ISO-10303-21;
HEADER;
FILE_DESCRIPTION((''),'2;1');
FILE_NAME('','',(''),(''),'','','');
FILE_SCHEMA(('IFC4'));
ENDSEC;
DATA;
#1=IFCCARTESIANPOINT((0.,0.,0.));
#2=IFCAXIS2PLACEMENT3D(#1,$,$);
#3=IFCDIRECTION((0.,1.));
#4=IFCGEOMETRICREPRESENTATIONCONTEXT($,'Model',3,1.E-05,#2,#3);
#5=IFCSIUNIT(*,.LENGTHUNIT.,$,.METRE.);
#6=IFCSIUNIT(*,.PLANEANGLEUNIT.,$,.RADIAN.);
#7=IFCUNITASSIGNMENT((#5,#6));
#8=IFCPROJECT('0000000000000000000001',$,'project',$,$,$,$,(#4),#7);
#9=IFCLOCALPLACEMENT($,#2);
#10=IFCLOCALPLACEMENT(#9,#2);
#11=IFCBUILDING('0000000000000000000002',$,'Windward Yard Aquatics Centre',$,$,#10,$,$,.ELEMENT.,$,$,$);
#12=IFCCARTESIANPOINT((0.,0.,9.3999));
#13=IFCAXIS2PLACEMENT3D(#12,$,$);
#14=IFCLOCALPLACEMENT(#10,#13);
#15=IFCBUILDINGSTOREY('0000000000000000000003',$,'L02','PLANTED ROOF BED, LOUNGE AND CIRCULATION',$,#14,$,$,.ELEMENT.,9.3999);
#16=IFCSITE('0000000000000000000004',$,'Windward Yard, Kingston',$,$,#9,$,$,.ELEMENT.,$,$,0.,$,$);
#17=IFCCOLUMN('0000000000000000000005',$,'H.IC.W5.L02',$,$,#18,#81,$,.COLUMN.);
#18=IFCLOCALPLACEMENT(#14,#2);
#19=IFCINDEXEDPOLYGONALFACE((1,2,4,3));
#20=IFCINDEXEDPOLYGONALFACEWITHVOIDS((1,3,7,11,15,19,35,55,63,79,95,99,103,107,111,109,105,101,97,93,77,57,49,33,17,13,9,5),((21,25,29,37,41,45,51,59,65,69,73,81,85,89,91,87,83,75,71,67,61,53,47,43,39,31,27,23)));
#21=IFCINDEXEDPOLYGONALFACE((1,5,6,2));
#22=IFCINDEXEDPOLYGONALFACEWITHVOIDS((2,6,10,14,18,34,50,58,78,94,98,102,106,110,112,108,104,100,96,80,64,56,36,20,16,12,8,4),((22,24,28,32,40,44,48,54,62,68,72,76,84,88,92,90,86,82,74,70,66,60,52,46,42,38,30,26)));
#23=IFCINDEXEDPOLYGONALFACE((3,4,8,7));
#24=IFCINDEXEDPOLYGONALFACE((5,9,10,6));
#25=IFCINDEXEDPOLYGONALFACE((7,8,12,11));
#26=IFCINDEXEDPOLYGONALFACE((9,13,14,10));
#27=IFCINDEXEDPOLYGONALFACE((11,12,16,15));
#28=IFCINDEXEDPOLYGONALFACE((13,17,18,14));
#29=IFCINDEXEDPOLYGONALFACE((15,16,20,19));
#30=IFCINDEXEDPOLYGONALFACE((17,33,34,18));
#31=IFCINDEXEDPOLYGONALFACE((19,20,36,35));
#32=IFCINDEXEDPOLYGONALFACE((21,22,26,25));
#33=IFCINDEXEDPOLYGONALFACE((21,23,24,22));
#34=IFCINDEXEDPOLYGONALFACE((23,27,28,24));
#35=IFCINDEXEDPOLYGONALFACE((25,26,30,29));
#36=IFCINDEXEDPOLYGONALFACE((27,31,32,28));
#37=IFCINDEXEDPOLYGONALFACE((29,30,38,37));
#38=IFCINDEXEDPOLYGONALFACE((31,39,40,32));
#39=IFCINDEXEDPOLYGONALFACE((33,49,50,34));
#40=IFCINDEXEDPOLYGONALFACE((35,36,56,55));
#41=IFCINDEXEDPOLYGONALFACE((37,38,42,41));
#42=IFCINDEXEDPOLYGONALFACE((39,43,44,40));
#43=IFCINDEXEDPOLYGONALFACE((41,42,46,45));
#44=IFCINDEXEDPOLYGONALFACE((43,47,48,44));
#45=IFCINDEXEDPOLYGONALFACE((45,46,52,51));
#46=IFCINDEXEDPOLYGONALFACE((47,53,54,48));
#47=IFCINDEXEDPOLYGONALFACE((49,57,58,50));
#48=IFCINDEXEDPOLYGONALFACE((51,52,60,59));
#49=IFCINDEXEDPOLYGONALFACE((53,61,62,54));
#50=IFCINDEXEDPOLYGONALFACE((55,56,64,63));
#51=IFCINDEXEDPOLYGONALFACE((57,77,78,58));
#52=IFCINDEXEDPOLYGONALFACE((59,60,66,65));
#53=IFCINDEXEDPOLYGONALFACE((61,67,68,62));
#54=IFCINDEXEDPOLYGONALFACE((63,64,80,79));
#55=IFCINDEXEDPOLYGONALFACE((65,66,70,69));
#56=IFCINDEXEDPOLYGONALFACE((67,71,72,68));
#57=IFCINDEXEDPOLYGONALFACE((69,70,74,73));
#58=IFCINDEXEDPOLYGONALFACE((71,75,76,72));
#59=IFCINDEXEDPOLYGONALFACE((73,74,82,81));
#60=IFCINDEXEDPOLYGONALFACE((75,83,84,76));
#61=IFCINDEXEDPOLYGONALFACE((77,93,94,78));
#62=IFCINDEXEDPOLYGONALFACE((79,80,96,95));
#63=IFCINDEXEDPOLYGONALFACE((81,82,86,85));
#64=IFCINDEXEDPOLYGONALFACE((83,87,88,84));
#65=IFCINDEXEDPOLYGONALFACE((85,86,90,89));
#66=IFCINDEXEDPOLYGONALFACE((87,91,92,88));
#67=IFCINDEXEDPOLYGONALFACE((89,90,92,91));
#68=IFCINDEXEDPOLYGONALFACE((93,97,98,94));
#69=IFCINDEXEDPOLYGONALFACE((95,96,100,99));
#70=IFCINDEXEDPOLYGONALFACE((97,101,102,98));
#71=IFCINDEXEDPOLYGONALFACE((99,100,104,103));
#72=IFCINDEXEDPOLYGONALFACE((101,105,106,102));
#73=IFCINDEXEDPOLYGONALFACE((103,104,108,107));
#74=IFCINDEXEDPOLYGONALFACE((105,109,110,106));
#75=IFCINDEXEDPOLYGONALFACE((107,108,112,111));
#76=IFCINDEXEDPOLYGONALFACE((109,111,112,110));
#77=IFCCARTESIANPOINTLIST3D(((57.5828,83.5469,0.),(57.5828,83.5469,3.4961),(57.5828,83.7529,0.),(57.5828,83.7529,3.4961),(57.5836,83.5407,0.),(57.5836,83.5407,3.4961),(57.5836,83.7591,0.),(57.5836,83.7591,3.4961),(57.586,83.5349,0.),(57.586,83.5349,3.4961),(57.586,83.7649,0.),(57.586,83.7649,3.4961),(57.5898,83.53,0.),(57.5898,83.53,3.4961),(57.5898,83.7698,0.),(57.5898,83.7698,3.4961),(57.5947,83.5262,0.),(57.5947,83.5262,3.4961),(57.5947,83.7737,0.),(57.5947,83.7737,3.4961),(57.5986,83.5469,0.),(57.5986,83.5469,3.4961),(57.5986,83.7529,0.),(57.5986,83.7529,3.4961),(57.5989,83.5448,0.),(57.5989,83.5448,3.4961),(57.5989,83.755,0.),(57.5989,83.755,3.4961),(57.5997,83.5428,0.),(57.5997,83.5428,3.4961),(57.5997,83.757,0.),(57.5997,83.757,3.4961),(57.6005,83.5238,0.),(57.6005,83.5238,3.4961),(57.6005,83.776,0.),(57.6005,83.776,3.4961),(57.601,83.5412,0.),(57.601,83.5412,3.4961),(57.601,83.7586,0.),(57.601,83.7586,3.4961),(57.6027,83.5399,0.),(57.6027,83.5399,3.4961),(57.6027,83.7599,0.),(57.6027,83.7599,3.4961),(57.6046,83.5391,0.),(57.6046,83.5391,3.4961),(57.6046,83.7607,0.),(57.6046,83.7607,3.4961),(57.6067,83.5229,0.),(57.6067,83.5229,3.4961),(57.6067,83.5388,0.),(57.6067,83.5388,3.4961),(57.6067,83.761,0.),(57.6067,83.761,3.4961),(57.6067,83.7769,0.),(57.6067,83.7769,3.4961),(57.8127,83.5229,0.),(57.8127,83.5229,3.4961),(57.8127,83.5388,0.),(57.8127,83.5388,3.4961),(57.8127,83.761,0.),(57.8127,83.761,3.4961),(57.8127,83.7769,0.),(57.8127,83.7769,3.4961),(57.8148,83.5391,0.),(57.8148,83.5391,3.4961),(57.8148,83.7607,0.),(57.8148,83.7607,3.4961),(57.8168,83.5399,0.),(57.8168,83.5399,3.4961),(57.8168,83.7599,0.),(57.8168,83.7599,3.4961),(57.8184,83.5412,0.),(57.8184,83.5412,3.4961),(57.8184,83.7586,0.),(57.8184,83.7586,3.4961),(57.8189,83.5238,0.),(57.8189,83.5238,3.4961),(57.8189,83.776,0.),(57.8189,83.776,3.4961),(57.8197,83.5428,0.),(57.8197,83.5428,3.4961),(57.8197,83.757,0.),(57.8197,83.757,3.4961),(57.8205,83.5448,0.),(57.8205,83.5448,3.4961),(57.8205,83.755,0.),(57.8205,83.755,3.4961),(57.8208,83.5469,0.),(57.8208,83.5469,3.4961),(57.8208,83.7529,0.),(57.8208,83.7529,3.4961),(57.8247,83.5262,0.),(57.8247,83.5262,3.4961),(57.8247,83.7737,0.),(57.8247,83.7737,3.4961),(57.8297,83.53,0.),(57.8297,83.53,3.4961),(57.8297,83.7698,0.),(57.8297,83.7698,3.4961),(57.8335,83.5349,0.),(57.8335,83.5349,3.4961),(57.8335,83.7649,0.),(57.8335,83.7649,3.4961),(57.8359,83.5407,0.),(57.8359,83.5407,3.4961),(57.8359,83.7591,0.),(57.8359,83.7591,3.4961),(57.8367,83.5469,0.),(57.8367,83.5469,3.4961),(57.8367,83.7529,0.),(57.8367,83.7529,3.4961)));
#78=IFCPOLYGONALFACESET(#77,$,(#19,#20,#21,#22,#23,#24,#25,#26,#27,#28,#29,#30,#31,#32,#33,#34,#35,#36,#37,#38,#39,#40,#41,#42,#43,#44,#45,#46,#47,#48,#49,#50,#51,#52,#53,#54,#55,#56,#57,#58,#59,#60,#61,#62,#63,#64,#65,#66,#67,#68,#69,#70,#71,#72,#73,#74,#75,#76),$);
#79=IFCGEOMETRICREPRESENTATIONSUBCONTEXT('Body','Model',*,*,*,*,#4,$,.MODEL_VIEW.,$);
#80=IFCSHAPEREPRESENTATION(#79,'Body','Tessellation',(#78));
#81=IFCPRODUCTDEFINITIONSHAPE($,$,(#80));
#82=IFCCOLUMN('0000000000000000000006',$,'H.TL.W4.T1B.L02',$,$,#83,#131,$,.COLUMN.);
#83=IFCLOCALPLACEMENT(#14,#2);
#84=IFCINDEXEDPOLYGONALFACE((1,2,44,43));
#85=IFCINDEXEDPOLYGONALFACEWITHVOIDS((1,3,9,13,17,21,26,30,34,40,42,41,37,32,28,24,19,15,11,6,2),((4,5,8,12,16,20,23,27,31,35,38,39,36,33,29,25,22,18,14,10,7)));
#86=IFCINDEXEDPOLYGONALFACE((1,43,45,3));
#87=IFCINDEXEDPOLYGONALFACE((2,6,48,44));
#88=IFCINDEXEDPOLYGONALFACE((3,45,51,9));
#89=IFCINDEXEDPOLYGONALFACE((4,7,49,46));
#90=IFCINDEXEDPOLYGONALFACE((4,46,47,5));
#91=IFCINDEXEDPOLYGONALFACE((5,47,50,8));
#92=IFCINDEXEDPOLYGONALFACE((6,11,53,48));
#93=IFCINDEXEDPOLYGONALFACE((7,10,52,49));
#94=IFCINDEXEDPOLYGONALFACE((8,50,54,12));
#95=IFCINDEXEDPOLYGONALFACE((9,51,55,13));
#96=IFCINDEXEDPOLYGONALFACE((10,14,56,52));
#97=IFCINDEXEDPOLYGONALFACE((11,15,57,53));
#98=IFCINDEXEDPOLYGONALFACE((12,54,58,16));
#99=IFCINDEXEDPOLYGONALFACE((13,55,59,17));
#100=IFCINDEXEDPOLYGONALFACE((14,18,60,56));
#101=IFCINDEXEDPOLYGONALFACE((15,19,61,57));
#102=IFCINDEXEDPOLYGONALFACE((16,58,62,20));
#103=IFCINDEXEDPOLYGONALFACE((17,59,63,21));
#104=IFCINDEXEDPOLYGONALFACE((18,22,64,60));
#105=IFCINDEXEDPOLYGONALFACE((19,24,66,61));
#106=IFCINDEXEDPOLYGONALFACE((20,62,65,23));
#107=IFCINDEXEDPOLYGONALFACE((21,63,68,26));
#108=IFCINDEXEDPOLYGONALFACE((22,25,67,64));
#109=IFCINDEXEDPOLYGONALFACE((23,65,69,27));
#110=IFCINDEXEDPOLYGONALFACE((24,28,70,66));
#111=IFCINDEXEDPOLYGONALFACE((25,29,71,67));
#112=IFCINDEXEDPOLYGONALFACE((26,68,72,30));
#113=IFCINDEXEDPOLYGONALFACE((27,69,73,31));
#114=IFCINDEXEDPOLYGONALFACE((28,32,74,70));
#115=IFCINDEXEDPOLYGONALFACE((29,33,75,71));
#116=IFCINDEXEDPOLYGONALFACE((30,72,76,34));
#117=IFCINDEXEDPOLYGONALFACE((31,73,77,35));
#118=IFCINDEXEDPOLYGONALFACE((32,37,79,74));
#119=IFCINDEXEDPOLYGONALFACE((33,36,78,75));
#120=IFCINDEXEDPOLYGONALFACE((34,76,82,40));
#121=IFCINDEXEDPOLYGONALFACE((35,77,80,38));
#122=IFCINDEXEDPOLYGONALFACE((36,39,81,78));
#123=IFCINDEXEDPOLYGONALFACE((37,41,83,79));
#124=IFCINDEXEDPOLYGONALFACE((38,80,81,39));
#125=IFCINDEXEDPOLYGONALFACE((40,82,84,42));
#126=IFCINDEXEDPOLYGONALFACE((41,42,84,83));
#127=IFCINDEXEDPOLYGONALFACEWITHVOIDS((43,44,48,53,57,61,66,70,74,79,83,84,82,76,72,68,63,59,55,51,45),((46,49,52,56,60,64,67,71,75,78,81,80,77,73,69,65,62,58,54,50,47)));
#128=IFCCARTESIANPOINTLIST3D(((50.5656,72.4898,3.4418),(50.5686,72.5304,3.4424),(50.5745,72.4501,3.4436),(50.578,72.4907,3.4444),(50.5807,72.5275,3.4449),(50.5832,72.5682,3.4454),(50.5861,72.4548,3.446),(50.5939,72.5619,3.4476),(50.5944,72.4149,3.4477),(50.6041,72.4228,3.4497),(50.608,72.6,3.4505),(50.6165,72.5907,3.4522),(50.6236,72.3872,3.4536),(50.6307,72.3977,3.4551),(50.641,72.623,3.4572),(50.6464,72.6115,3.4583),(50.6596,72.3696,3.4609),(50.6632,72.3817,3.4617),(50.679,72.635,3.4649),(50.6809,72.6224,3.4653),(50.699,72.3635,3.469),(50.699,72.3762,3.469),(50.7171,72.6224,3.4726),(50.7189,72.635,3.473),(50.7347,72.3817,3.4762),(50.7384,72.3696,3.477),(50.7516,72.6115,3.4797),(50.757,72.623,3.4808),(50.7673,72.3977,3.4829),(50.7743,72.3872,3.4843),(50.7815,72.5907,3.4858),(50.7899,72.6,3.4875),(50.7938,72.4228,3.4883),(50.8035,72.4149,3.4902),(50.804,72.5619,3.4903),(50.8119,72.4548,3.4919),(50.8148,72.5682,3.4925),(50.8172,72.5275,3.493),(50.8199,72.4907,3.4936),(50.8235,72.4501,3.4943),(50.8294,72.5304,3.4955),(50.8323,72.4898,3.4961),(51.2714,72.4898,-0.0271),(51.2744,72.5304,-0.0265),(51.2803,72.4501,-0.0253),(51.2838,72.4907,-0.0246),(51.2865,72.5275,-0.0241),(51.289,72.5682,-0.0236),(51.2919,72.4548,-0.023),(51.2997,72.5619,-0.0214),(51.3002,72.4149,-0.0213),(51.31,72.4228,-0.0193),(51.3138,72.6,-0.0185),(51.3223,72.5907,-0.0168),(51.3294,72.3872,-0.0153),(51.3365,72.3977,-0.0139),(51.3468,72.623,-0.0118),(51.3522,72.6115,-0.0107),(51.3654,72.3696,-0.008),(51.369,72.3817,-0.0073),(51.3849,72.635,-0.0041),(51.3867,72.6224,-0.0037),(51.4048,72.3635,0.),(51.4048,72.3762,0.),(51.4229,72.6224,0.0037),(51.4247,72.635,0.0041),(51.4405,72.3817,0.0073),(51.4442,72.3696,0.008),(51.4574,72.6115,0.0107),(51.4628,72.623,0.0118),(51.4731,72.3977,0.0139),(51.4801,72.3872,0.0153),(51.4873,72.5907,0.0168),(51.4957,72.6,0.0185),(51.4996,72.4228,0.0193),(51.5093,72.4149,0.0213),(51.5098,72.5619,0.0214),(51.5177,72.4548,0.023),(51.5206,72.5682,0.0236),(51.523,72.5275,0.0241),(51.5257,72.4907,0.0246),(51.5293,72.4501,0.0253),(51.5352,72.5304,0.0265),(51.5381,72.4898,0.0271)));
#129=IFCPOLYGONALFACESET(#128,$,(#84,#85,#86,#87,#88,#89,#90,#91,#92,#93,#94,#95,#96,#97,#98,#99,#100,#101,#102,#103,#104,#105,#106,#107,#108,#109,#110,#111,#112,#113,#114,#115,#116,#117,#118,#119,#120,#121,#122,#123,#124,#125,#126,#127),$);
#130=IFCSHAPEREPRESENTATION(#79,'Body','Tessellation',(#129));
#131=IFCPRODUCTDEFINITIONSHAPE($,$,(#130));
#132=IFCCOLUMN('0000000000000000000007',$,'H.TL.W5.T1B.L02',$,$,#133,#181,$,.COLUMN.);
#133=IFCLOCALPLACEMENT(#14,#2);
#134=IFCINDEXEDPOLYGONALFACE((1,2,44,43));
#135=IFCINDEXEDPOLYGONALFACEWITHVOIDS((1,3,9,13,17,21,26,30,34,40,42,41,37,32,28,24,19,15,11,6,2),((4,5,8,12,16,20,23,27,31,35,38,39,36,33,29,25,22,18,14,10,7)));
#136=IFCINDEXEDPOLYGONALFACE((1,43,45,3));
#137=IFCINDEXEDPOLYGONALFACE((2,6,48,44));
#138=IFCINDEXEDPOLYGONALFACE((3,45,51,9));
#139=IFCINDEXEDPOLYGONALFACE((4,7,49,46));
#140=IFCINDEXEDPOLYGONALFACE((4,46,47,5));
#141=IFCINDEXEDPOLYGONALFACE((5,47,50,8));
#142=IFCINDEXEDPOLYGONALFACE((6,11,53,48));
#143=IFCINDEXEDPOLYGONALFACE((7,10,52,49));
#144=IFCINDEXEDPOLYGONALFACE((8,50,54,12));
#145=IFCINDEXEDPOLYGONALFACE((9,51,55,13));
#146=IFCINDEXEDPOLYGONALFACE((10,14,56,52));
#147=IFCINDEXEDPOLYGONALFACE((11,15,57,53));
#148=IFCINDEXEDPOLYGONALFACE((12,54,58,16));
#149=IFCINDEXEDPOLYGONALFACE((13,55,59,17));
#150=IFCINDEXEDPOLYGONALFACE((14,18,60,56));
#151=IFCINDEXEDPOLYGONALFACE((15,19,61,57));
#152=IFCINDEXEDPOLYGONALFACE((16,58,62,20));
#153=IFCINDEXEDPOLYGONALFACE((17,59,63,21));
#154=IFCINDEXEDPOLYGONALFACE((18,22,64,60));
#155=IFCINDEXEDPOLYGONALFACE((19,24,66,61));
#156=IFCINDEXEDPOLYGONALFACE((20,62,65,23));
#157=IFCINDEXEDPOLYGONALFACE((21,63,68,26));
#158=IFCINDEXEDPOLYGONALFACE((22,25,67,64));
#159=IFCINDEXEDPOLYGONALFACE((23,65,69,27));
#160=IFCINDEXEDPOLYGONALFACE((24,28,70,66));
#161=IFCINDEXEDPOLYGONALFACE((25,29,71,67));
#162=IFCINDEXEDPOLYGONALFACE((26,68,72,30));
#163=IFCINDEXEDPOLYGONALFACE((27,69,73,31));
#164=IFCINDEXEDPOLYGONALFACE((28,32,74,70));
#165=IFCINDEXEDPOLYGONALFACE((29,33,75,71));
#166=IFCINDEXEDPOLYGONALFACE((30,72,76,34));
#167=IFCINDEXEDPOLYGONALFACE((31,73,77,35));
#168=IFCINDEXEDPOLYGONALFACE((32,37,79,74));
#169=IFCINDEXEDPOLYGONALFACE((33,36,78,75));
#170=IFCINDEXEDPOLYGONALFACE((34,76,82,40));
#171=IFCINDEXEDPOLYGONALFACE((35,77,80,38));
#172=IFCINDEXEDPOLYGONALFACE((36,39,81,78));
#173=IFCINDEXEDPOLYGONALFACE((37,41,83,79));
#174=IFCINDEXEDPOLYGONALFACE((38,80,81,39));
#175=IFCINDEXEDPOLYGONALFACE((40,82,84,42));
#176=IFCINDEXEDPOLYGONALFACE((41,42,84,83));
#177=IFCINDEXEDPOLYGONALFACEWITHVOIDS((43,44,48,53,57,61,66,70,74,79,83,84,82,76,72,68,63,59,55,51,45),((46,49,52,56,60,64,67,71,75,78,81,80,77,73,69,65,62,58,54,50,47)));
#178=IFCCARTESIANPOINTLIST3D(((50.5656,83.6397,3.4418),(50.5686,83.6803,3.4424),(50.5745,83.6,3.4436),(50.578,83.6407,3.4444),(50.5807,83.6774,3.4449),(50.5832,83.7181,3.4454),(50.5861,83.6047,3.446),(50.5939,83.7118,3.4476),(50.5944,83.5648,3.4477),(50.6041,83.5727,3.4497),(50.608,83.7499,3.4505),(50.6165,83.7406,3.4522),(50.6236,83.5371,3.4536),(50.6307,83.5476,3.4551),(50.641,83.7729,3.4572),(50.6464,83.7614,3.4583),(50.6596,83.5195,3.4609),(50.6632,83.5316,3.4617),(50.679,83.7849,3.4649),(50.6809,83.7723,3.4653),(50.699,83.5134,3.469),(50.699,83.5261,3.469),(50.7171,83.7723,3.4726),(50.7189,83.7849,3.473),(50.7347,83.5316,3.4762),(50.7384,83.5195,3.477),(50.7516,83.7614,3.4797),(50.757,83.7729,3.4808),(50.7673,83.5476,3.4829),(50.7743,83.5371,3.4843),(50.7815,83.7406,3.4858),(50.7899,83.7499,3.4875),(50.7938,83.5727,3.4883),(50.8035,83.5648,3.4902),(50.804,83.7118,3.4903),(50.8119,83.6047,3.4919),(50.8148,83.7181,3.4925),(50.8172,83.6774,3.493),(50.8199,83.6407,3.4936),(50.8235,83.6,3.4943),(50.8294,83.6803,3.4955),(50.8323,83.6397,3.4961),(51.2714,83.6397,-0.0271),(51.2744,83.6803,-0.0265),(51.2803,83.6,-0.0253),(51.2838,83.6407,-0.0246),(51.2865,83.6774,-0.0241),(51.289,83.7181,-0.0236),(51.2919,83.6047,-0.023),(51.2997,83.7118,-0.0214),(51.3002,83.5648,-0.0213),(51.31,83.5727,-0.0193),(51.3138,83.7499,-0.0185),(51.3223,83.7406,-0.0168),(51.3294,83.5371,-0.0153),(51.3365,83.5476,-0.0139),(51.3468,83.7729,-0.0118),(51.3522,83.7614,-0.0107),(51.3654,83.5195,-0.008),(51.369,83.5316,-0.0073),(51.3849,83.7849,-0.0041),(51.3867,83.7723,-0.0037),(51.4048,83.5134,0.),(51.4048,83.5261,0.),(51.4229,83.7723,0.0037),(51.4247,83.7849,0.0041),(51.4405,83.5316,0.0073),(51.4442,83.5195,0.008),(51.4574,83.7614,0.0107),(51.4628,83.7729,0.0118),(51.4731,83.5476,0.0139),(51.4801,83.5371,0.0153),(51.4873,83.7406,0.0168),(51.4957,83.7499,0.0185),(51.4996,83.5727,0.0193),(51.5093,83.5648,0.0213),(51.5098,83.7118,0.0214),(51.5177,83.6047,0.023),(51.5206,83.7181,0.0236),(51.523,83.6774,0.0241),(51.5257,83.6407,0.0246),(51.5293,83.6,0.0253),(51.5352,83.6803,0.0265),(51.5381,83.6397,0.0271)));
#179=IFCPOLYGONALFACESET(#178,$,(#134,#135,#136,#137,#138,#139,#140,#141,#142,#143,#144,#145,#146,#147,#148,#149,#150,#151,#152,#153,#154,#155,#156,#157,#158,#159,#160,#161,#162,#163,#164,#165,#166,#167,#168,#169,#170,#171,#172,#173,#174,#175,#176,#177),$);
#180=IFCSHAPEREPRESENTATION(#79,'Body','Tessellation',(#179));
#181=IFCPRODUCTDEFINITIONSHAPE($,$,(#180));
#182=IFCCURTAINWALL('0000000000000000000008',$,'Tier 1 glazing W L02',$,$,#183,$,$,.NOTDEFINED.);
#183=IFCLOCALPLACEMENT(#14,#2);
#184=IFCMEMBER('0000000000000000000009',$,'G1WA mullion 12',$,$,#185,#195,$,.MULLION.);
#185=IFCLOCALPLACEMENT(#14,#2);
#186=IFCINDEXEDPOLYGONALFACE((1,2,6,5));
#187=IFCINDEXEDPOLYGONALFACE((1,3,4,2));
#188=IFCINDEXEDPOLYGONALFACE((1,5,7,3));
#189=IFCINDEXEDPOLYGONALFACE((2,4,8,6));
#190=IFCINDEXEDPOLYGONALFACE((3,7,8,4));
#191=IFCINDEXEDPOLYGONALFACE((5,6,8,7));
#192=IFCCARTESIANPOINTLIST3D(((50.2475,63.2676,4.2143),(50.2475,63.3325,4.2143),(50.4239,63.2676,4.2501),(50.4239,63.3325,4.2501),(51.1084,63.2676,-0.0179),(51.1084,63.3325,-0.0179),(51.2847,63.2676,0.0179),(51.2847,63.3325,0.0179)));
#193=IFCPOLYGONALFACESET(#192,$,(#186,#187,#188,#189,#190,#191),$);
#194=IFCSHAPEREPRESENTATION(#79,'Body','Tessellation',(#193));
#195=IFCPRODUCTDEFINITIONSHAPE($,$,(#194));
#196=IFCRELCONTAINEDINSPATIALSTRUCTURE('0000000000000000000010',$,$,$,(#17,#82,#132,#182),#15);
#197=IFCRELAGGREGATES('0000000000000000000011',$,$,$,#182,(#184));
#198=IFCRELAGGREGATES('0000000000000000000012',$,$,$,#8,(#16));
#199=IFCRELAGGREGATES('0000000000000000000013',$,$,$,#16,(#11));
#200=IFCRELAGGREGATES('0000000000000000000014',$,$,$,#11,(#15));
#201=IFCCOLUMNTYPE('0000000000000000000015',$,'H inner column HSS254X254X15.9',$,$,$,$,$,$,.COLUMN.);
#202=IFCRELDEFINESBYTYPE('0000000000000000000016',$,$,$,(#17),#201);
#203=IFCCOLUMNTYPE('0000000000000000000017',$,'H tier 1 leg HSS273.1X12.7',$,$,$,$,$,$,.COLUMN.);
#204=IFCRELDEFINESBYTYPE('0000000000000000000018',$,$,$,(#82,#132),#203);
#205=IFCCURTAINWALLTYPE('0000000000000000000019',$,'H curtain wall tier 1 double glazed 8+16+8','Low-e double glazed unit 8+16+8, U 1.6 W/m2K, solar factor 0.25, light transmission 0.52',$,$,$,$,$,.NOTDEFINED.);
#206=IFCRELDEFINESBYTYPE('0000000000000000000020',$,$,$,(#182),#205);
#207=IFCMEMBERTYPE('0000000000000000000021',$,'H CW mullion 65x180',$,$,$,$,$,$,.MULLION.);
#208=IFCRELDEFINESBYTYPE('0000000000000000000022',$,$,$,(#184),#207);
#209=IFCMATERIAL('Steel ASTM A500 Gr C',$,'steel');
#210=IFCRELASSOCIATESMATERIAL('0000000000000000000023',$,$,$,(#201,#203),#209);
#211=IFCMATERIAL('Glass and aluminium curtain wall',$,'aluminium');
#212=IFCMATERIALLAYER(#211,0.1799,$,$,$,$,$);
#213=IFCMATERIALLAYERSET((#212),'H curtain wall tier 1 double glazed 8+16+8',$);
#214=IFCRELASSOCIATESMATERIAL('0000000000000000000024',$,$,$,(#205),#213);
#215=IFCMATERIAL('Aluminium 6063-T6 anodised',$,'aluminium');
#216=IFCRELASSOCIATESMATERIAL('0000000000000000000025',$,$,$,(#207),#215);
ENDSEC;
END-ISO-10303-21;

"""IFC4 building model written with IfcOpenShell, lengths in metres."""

from ifc_helpers import new_model, si_unit, direction, frame, origin, origin_2d, place, context, subcontext, project, spatial, rectangle, hollow_rectangle, hollow_circle, extrude, material, layer, layer_set, material_profile, profile_set, type_object, element, aggregate, save


model = new_model("IFC4")

# Units and contexts
model_context = context("Model", 3, precision=1e-05, world=origin(), true_north=direction((0.0, 1.0)))
body_context = subcontext(model_context, "Body", "Model", "MODEL_VIEW")
ifc_project = project(units=[si_unit("LENGTHUNIT", "METRE"), si_unit("PLANEANGLEUNIT", "RADIAN")], contexts=[model_context])

# Site, building, storey
site_placement = place(None, origin())
site = spatial("IfcSite", under=ifc_project, at=site_placement, Name="Windward Yard, Kingston", CompositionType="ELEMENT", RefElevation=0.0)
building_placement = place(site_placement, origin())
building = spatial("IfcBuilding", under=site, at=building_placement, Name="Windward Yard Aquatics Centre", CompositionType="ELEMENT")
storey_placement = place(building_placement, frame((0.0, 0.0, 9.3999)))
storey = spatial("IfcBuildingStorey", under=building, at=storey_placement, Name="L02", Description="PLANTED ROOF BED, LOUNGE AND CIRCULATION", CompositionType="ELEMENT", Elevation=9.3999)

# Columns
ifc_material_1 = material(Name="Steel ASTM A500 Gr C", Category="steel")
ifc_material_profile_1 = material_profile(ifc_material_1, hollow_rectangle(XDim=0.2539, YDim=0.2539, WallThickness=0.0159, InnerFilletRadius=0.0081, OuterFilletRadius=0.0239, at=origin_2d()), Name="HSS254X254X15.9")
ifc_profile_set_1 = profile_set([ifc_material_profile_1], Name="Steel ASTM A500 Gr C")
column_type_1 = type_object("IfcColumnType", Name="H inner column HSS254X254X15.9", PredefinedType="COLUMN", material=ifc_profile_set_1)
for number, where, z_axis, x_axis, name in (
    (1, (57.7097, 83.6499, 0.0), (0.0, 0.0, 1.0), (1.0, 0.0, 0.0), "H.IC.W5.L02"),
):
    element("IfcColumn", number, at=place(storey_placement, frame(where, z_axis=z_axis, x_axis=x_axis)), inside=storey, type_object=column_type_1, Name=name, PredefinedType="COLUMN", context=body_context, shape_type="SweptSolid", body=[
        extrude(hollow_rectangle(XDim=0.2539, YDim=0.2539, WallThickness=0.0159, InnerFilletRadius=0.0081, OuterFilletRadius=0.0239, at=origin_2d()), origin(), (0.0, 0.0, 1.0), 3.4961),
    ])
ifc_material_profile_2 = material_profile(ifc_material_1, hollow_circle(Radius=0.1365, WallThickness=0.0127, at=origin_2d()), Name="HSS273.1X12.7")
ifc_profile_set_2 = profile_set([ifc_material_profile_2], Name="Steel ASTM A500 Gr C")
column_type_2 = type_object("IfcColumnType", Name="H tier 1 leg HSS273.1X12.7", PredefinedType="COLUMN", material=ifc_profile_set_2)
for number, where, z_axis, x_axis, name in (
    (2, (51.4048, 72.5, 0.0), (-0.199378, 0.0, 0.979923), (0.0, -1.0, 0.0), "H.TL.W4.T1B.L02"),
    (3, (51.4048, 83.6499, 0.0), (-0.199378, 0.0, 0.979923), (0.0, -1.0, 0.0), "H.TL.W5.T1B.L02"),
):
    element("IfcColumn", number, at=place(storey_placement, frame(where, z_axis=z_axis, x_axis=x_axis)), inside=storey, type_object=column_type_2, Name=name, PredefinedType="COLUMN", context=body_context, shape_type="SweptSolid", body=[
        extrude(hollow_circle(Radius=0.1365, WallThickness=0.0127, at=origin_2d()), origin(), (0.0, 0.0, 1.0), 3.54),
    ])

# Curtain wall, member
ifc_material_2 = material(Name="Glass and aluminium curtain wall", Category="aluminium")
ifc_layer_1 = layer(ifc_material_2, 0.1799)
ifc_layer_set_1 = layer_set([ifc_layer_1], Name="H curtain wall tier 1 double glazed 8+16+8")
curtain_wall_type = type_object("IfcCurtainWallType", Name="H curtain wall tier 1 double glazed 8+16+8", Description="Low-e double glazed unit 8+16+8, U 1.6 W/m2K, solar factor 0.25, light transmission 0.52", PredefinedType="NOTDEFINED", material=ifc_layer_set_1)
curtain_wall_placement = place(storey_placement, origin())
curtain_wall = element("IfcCurtainWall", 4, at=curtain_wall_placement, inside=storey, type_object=curtain_wall_type, Name="Tier 1 glazing W L02", PredefinedType="NOTDEFINED")
ifc_material_3 = material(Name="Aluminium 6063-T6 anodised", Category="aluminium")
ifc_material_profile_3 = material_profile(ifc_material_3, rectangle(XDim=0.0649, YDim=0.1799, at=origin_2d()), Name="H CW mullion 65x180")
ifc_profile_set_3 = profile_set([ifc_material_profile_3], Name="Aluminium 6063-T6 anodised")
member_type_1 = type_object("IfcMemberType", Name="H CW mullion 65x180", PredefinedType="MULLION", material=ifc_profile_set_3)
member_1_placement = place(storey_placement, frame((51.1965, 63.3, 0.0), z_axis=(-0.199322, 0.0, 0.979934), x_axis=(0.0, -1.0, 0.0)))
member_1 = element("IfcMember", 5, at=member_1_placement, type_object=member_type_1, Name="G1WA mullion 12", PredefinedType="MULLION", context=body_context, shape_type="SweptSolid", body=[
    extrude(rectangle(XDim=0.0649, YDim=0.1799, at=origin_2d()), origin(), (0.0, 0.0, 1.0), 4.3188),
])
aggregate(curtain_wall, [member_1])

save(model, "model.ifc")
